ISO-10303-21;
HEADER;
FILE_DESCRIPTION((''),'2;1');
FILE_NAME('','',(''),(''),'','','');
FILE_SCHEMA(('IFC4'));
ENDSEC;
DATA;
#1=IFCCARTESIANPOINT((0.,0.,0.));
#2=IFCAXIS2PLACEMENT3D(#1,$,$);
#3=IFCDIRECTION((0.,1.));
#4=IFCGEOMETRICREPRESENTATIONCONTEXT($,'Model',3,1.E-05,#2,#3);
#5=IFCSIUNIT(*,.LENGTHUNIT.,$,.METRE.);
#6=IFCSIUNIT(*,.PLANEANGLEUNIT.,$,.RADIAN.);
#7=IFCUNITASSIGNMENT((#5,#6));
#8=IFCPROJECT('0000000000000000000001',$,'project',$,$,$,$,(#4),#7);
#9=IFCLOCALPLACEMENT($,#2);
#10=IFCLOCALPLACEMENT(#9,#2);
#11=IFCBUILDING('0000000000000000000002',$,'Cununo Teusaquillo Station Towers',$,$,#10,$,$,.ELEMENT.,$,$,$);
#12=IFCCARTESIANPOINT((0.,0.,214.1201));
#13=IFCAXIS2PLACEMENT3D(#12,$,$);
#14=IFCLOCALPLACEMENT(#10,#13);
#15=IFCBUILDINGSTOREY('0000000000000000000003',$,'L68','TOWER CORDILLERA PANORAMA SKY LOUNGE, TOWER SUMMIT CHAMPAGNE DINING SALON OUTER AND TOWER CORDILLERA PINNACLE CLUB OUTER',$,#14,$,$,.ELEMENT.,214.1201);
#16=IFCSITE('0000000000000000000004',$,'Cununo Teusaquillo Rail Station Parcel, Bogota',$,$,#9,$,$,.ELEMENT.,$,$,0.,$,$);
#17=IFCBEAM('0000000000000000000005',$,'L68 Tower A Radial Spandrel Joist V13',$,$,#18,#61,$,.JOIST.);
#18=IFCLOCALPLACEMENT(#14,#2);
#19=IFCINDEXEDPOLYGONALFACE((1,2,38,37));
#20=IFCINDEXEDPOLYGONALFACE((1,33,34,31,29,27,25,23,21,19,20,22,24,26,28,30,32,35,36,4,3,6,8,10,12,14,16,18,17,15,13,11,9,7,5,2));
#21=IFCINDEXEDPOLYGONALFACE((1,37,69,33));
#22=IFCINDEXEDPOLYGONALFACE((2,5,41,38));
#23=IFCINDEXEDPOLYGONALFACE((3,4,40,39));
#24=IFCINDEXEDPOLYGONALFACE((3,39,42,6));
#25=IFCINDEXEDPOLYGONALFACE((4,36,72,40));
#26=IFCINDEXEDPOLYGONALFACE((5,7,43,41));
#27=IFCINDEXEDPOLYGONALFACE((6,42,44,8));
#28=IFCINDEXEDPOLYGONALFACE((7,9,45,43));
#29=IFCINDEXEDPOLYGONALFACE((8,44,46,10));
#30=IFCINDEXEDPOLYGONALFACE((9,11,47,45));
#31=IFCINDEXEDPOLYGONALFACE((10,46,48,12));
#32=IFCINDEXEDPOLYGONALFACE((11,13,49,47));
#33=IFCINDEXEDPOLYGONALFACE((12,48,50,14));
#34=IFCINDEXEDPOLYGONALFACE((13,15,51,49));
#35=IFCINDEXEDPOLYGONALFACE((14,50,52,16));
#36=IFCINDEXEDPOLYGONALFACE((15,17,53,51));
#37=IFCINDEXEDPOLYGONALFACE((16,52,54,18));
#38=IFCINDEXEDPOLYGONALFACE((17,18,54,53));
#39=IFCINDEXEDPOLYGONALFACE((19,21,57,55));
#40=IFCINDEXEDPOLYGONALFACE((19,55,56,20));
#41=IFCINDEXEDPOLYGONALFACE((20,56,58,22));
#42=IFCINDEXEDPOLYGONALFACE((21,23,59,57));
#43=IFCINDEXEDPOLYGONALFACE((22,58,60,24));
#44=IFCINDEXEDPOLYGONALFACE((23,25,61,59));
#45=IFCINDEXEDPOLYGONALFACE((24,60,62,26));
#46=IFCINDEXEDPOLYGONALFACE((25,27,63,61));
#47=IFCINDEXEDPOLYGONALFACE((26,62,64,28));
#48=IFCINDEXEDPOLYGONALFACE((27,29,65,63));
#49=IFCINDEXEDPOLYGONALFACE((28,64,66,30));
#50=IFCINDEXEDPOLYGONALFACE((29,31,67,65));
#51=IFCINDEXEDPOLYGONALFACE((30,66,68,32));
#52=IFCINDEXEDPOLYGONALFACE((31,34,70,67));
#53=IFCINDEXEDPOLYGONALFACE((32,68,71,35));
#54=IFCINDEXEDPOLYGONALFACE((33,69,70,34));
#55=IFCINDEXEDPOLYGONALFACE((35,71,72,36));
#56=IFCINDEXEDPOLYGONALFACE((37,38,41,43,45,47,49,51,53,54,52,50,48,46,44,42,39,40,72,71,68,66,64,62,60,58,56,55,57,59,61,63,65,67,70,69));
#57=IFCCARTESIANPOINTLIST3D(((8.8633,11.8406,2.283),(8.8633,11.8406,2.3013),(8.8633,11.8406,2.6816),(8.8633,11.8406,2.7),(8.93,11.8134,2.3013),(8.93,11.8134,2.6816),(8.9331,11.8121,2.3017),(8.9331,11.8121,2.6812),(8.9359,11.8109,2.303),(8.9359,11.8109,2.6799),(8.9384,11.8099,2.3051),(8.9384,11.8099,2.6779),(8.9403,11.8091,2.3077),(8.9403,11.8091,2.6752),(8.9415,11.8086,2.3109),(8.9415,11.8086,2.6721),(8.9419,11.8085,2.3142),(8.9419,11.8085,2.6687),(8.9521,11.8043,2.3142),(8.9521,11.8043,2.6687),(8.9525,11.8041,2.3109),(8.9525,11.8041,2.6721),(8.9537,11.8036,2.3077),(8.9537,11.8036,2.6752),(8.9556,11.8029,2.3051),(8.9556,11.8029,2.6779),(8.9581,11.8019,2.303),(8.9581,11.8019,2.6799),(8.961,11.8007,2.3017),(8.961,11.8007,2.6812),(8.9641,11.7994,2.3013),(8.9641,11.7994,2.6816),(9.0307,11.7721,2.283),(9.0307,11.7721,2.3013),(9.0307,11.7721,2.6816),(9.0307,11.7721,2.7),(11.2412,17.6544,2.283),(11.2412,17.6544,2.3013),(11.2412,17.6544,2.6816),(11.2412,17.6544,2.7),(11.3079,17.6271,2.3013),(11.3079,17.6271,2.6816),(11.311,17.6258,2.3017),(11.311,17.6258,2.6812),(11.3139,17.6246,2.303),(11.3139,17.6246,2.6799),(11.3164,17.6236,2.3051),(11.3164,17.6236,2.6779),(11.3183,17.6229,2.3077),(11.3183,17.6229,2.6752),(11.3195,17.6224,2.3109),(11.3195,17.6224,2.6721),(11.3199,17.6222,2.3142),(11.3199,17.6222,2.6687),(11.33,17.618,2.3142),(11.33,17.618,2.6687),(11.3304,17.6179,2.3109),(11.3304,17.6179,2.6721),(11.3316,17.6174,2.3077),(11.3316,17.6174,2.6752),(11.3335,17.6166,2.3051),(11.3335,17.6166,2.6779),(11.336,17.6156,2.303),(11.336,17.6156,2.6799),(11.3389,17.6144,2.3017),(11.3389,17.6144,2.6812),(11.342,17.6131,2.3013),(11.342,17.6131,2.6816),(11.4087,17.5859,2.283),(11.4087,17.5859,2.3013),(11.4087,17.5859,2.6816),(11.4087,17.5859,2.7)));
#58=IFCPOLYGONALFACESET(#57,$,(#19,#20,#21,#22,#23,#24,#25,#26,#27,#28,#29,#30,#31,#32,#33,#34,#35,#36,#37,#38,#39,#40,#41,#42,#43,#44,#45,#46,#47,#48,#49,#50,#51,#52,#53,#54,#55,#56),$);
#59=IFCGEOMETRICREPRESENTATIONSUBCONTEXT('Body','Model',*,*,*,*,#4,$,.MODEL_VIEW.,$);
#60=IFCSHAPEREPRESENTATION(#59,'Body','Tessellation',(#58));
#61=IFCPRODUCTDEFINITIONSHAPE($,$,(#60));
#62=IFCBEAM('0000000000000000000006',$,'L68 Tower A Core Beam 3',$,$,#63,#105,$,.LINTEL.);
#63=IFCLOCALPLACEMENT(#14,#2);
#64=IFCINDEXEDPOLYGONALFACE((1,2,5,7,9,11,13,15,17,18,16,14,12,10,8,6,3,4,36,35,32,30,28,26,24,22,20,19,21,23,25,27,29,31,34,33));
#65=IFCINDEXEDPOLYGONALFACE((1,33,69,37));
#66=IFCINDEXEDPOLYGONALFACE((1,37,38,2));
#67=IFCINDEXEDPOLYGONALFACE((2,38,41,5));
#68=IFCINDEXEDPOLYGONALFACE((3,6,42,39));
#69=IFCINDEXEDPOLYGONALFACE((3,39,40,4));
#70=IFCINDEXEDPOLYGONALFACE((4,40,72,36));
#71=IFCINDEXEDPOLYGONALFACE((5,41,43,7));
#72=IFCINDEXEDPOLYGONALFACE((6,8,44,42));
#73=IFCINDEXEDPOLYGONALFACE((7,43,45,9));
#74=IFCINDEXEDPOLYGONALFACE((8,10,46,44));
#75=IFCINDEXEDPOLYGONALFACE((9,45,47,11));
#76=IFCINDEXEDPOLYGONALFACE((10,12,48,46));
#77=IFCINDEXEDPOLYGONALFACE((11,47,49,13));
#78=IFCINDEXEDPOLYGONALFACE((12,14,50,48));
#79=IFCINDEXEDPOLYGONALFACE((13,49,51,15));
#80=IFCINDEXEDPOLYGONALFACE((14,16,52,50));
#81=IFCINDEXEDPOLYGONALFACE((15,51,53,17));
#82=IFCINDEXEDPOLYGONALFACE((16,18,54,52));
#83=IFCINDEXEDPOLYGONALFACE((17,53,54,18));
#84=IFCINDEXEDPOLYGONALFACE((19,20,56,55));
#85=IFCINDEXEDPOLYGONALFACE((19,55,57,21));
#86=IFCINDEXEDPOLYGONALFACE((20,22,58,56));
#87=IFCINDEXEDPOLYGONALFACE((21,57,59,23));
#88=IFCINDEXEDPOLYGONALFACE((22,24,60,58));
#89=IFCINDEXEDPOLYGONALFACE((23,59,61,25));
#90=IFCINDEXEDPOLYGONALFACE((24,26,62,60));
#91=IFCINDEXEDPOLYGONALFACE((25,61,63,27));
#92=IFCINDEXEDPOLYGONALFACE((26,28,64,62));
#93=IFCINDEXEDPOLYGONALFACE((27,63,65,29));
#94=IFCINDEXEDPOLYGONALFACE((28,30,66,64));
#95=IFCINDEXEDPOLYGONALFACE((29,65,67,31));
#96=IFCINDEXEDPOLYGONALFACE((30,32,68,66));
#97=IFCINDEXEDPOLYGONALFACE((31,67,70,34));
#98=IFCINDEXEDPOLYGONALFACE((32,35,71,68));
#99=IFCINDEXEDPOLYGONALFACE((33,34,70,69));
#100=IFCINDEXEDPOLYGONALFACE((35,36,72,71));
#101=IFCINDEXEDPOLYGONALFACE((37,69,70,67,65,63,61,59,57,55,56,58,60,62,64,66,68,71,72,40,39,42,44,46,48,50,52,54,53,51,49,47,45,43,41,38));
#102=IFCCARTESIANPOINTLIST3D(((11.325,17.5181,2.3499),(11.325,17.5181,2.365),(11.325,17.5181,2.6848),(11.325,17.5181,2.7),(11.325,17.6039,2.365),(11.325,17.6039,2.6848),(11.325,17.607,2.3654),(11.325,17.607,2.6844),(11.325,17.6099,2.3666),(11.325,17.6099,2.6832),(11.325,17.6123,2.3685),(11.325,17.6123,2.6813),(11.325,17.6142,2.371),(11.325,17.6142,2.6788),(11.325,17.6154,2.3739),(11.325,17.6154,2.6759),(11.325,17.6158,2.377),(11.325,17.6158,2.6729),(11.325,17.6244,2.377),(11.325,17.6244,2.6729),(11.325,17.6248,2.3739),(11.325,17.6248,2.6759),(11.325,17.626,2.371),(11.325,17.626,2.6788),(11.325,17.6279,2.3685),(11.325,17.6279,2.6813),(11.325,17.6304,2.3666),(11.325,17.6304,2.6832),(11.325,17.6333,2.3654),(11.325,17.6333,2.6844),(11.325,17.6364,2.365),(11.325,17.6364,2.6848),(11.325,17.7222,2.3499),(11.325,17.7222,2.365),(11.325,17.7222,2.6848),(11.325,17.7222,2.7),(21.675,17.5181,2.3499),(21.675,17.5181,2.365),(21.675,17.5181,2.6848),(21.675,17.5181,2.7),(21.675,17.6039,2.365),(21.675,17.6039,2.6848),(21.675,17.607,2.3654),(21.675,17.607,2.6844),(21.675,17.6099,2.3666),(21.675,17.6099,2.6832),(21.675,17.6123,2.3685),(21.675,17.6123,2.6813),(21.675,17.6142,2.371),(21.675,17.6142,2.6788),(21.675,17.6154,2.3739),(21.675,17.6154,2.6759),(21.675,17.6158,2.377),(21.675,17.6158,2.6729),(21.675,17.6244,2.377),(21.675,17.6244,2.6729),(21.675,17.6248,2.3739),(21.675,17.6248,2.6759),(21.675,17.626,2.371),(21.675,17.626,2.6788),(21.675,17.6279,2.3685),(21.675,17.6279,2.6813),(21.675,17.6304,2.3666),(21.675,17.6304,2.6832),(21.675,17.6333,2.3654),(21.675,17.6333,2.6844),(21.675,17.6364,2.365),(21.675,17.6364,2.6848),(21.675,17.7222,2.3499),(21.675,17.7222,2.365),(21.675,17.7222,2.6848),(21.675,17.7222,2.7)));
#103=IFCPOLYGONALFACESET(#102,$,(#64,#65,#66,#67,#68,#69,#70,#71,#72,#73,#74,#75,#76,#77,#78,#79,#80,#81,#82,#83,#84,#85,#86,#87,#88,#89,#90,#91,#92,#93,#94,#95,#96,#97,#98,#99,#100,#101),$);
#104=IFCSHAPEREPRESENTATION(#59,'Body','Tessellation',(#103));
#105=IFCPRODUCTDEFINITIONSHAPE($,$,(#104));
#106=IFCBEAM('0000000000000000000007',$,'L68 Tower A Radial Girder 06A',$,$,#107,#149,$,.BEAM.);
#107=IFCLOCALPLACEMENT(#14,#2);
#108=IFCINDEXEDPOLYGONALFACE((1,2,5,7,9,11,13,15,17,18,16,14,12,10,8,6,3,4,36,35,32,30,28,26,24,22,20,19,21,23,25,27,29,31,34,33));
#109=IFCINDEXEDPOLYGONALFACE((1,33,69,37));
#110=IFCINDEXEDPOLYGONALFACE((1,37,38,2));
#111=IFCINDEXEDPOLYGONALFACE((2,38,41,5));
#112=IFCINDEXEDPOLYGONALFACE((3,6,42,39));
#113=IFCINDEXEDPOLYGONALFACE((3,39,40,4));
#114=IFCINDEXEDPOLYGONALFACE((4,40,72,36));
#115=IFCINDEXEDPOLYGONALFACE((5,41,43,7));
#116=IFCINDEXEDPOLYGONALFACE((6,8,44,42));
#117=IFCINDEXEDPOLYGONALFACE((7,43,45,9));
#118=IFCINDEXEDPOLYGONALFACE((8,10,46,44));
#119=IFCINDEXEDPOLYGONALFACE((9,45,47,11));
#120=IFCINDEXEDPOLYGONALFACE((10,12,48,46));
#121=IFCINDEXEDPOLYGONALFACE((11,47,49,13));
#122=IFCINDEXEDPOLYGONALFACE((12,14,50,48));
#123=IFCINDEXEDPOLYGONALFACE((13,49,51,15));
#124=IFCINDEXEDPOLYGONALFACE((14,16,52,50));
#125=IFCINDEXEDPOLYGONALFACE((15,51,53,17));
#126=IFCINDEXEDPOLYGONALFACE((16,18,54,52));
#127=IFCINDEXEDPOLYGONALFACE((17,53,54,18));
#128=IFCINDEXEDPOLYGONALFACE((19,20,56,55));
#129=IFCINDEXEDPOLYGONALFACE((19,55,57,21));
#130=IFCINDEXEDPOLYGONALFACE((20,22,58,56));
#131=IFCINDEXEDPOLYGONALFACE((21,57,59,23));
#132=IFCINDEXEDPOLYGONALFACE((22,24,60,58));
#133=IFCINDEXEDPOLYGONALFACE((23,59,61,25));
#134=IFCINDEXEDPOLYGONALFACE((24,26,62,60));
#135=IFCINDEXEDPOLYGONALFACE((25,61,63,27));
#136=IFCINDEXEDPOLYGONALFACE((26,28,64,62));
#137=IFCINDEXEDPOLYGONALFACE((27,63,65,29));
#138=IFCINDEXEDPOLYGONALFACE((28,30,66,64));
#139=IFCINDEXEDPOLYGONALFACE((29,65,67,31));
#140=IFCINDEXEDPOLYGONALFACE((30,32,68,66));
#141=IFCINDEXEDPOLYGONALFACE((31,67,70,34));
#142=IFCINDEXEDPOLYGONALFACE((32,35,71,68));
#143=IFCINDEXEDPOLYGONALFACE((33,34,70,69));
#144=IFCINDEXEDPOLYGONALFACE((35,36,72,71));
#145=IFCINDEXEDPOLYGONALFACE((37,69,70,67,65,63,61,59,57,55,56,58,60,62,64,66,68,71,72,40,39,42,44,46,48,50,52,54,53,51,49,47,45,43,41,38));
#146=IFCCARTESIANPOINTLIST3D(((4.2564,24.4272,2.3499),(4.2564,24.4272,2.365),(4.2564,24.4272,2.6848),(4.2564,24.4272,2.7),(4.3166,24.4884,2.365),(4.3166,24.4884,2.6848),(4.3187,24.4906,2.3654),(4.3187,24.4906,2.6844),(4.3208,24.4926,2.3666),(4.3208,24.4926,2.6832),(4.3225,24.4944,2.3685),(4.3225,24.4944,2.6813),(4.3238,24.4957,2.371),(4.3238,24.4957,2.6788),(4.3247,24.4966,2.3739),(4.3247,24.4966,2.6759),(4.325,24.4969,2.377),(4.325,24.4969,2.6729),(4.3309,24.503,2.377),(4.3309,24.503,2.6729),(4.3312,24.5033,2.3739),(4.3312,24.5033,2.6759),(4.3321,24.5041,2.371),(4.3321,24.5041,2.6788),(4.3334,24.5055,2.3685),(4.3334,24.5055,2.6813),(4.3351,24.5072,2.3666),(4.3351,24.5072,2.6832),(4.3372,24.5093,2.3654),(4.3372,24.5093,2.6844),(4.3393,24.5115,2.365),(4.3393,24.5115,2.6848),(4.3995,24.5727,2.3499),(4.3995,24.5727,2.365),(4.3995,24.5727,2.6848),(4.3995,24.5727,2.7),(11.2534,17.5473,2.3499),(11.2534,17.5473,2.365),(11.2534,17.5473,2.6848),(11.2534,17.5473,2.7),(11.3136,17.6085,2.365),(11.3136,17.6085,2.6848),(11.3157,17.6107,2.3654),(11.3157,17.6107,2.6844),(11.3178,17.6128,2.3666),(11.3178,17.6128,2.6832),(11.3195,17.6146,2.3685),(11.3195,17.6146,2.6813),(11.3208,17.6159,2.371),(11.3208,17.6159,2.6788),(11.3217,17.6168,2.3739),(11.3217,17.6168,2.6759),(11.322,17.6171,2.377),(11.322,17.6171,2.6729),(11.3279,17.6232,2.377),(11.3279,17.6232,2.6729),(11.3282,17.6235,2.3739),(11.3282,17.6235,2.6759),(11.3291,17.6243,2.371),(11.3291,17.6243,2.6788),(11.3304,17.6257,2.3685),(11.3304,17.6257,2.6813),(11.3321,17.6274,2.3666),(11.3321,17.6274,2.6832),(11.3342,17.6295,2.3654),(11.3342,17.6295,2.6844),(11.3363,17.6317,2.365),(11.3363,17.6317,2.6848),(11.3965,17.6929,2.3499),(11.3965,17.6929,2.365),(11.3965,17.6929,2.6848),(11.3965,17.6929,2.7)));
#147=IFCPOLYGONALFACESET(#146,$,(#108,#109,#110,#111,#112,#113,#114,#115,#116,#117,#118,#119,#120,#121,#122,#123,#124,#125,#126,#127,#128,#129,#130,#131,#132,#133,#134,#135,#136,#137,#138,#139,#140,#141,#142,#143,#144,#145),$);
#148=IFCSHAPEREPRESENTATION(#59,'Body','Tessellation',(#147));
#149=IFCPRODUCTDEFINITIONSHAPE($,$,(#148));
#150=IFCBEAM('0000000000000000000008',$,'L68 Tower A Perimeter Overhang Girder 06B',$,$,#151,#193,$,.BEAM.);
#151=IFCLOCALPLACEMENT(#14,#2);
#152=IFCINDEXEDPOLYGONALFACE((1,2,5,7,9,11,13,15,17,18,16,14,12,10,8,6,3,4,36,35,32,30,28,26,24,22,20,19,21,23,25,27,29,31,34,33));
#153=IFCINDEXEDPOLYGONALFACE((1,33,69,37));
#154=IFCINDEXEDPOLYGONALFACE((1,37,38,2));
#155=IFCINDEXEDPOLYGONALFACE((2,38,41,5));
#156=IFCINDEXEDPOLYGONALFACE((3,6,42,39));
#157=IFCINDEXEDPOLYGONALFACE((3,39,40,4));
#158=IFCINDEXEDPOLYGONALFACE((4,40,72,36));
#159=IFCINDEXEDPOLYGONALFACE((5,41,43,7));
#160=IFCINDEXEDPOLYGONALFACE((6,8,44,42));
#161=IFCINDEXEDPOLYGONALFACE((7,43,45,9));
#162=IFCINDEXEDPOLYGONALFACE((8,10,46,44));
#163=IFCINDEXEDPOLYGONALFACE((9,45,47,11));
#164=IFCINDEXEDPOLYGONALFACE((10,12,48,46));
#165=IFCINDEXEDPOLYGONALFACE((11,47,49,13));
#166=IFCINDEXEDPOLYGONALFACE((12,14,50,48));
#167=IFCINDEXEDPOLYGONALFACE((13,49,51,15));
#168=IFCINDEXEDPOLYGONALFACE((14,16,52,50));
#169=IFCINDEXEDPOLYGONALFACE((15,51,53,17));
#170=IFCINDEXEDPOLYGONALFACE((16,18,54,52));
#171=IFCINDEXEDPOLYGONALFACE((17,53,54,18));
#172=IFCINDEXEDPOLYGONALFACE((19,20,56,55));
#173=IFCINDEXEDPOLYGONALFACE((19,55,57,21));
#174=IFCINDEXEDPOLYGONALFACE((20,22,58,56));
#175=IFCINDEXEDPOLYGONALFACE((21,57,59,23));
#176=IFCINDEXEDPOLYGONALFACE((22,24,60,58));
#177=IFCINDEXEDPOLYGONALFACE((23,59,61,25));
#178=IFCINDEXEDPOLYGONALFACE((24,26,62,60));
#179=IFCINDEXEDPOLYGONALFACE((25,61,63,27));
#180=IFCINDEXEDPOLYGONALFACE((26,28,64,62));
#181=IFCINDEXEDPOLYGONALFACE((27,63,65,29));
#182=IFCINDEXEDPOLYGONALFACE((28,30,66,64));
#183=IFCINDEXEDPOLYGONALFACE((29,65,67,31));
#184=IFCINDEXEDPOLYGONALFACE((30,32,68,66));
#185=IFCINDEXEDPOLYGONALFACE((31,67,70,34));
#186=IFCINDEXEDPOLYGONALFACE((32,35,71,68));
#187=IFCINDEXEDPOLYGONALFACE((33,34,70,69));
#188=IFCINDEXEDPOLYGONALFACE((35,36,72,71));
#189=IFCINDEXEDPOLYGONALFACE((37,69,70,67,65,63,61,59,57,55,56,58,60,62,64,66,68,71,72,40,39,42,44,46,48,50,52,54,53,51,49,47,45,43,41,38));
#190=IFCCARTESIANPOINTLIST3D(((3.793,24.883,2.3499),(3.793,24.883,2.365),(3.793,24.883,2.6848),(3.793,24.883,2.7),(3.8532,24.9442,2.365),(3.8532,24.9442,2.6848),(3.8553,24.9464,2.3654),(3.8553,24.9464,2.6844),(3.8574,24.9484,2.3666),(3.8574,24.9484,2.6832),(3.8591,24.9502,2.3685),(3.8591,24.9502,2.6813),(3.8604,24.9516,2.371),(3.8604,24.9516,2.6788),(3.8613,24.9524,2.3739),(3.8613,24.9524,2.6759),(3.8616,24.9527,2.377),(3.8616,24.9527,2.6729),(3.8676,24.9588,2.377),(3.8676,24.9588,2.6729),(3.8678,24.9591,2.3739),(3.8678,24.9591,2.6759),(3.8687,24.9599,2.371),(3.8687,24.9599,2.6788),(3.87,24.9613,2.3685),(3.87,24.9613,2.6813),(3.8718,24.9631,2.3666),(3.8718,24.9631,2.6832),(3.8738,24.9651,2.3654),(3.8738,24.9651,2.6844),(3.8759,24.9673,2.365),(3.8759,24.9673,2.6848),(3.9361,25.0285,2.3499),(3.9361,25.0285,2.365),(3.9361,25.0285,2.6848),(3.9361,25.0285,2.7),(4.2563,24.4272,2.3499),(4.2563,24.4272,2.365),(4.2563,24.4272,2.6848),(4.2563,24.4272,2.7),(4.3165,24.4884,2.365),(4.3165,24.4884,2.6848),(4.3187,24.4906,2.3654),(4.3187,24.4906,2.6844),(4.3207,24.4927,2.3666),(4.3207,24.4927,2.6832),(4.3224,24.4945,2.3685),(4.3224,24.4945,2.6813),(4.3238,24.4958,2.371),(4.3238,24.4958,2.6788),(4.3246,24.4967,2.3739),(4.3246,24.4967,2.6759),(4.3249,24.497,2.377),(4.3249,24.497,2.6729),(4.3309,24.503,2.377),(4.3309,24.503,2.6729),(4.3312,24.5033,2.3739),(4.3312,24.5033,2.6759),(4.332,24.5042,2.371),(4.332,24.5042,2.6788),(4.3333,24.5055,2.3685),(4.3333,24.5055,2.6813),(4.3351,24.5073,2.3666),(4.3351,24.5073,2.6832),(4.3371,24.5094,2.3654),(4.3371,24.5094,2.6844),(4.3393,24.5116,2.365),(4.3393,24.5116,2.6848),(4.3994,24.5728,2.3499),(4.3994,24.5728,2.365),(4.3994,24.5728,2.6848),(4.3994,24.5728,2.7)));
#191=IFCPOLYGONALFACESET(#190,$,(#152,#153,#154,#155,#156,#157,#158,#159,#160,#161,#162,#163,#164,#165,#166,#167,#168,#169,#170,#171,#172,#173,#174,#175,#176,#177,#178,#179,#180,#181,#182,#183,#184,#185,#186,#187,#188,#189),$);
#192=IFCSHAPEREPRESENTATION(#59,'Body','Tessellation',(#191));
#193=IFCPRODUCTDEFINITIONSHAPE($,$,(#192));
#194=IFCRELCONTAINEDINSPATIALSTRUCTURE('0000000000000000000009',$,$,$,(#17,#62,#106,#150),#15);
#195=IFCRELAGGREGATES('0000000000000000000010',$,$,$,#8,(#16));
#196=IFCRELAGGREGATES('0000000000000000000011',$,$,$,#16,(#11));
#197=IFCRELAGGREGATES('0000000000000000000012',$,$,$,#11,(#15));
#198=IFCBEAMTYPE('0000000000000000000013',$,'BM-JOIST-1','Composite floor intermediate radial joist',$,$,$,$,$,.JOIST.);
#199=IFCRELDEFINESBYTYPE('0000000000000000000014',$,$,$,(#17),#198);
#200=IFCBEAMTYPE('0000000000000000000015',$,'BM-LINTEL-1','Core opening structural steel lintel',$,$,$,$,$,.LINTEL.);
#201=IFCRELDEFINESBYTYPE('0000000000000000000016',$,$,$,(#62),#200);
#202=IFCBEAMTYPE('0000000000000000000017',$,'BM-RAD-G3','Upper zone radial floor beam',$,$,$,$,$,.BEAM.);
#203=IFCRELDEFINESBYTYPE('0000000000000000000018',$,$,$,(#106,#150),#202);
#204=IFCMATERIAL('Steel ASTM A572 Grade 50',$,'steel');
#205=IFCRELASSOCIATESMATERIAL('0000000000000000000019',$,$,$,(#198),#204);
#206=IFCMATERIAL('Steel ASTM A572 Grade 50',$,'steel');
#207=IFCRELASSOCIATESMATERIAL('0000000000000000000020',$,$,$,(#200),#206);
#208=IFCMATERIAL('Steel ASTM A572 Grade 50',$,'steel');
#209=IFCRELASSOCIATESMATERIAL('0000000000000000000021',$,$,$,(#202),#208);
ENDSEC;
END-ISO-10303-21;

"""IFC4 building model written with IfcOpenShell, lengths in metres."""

from ifc_helpers import new_model, si_unit, direction, frame, origin, origin_2d, place, context, subcontext, project, spatial, i_section, extrude, material, material_profile, profile_set, type_object, element, save


model = new_model("IFC4")

# Units and contexts
model_context = context("Model", 3, precision=1e-05, world=origin(), true_north=direction((0.0, 1.0)))
body_context = subcontext(model_context, "Body", "Model", "MODEL_VIEW")
ifc_project = project(units=[si_unit("LENGTHUNIT", "METRE"), si_unit("PLANEANGLEUNIT", "RADIAN")], contexts=[model_context])

# Site, building, storey
site_placement = place(None, origin())
site = spatial("IfcSite", under=ifc_project, at=site_placement, Name="Cununo Teusaquillo Rail Station Parcel, Bogota", CompositionType="ELEMENT", RefElevation=0.0)
building_placement = place(site_placement, origin())
building = spatial("IfcBuilding", under=site, at=building_placement, Name="Cununo Teusaquillo Station Towers", CompositionType="ELEMENT")
storey_placement = place(building_placement, frame((0.0, 0.0, 214.1201)))
storey = spatial("IfcBuildingStorey", under=building, at=storey_placement, Name="L68", Description="TOWER CORDILLERA PANORAMA SKY LOUNGE, TOWER SUMMIT CHAMPAGNE DINING SALON OUTER AND TOWER CORDILLERA PINNACLE CLUB OUTER", CompositionType="ELEMENT", Elevation=214.1201)

# Beams
ifc_material_1 = material(Name="Steel ASTM A572 Grade 50", Category="steel")
ifc_material_profile_1 = material_profile(ifc_material_1, i_section(OverallWidth=0.1809, OverallDepth=0.417, WebThickness=0.011, FlangeThickness=0.0183, FilletRadius=0.0129, at=origin_2d()), Name="W16X57")
ifc_profile_set_1 = profile_set([ifc_material_profile_1], Name="Steel ASTM A572 Grade 50")
beam_type_1 = type_object("IfcBeamType", Name="BM-JOIST-1", Description="Composite floor intermediate radial joist", PredefinedType="JOIST", material=ifc_profile_set_1)
beam_1_placement = place(storey_placement, frame((11.325, 17.6201, 2.4915), z_axis=(-0.378577, -0.92557, 0.0), x_axis=(0.92557, -0.378577, 0.0)))
element("IfcBeam", 1, at=beam_1_placement, inside=storey, type_object=beam_type_1, Name="L68 Tower A Radial Spandrel Joist V13", PredefinedType="JOIST", context=body_context, shape_type="SweptSolid", body=[
    extrude(i_section(OverallWidth=0.1809, OverallDepth=0.417, WebThickness=0.011, FlangeThickness=0.0183, FilletRadius=0.0129, at=origin_2d()), origin(), (0.0, 0.0, 1.0), 6.2812),
])
ifc_material_2 = material(Name="Steel ASTM A572 Grade 50", Category="steel")
ifc_material_profile_2 = material_profile(ifc_material_2, i_section(OverallWidth=0.2041, OverallDepth=0.3501, WebThickness=0.0085, FlangeThickness=0.0151, FilletRadius=0.012, at=origin_2d()), Name="W14X48")
ifc_profile_set_2 = profile_set([ifc_material_profile_2], Name="Steel ASTM A572 Grade 50")
beam_type_2 = type_object("IfcBeamType", Name="BM-LINTEL-1", Description="Core opening structural steel lintel", PredefinedType="LINTEL", material=ifc_profile_set_2)
beam_2_placement = place(storey_placement, frame((11.325, 17.6201, 2.5249), z_axis=(1.0, 0.0, 0.0), x_axis=(0.0, 1.0, 0.0)))
element("IfcBeam", 2, at=beam_2_placement, inside=storey, type_object=beam_type_2, Name="L68 Tower A Core Beam 3", PredefinedType="LINTEL", context=body_context, shape_type="SweptSolid", body=[
    extrude(i_section(OverallWidth=0.2041, OverallDepth=0.3501, WebThickness=0.0085, FlangeThickness=0.0151, FilletRadius=0.012, at=origin_2d()), origin(), (0.0, 0.0, 1.0), 10.3501),
])
ifc_material_3 = material(Name="Steel ASTM A572 Grade 50", Category="steel")
ifc_material_profile_3 = material_profile(ifc_material_3, i_section(OverallWidth=0.2041, OverallDepth=0.3501, WebThickness=0.0085, FlangeThickness=0.0151, FilletRadius=0.012, at=origin_2d()), Name="W14X48")
ifc_profile_set_3 = profile_set([ifc_material_profile_3], Name="Steel ASTM A572 Grade 50")
beam_type_3 = type_object("IfcBeamType", Name="BM-RAD-G3", Description="Upper zone radial floor beam", PredefinedType="BEAM", material=ifc_profile_set_3)
beam_3_placement = place(storey_placement, frame((11.325, 17.6201, 2.5249), z_axis=(-0.713053, 0.70111, 0.0), x_axis=(-0.70111, -0.713053, 0.0)))
element("IfcBeam", 3, at=beam_3_placement, inside=storey, type_object=beam_type_3, Name="L68 Tower A Radial Girder 06A", PredefinedType="BEAM", context=body_context, shape_type="SweptSolid", body=[
    extrude(i_section(OverallWidth=0.2041, OverallDepth=0.3501, WebThickness=0.0085, FlangeThickness=0.0151, FilletRadius=0.012, at=origin_2d()), origin(), (0.0, 0.0, 1.0), 9.8127),
])
beam_4_placement = place(storey_placement, frame((4.3279, 24.5, 2.5249), z_axis=(-0.712905, 0.701261, 0.0), x_axis=(-0.701261, -0.712905, 0.0)))
element("IfcBeam", 4, at=beam_4_placement, inside=storey, type_object=beam_type_3, Name="L68 Tower A Perimeter Overhang Girder 06B", PredefinedType="BEAM", context=body_context, shape_type="SweptSolid", body=[
    extrude(i_section(OverallWidth=0.2041, OverallDepth=0.3501, WebThickness=0.0085, FlangeThickness=0.0151, FilletRadius=0.012, at=origin_2d()), origin(), (0.0, 0.0, 1.0), 0.6499),
])

save(model, "model.ifc")
